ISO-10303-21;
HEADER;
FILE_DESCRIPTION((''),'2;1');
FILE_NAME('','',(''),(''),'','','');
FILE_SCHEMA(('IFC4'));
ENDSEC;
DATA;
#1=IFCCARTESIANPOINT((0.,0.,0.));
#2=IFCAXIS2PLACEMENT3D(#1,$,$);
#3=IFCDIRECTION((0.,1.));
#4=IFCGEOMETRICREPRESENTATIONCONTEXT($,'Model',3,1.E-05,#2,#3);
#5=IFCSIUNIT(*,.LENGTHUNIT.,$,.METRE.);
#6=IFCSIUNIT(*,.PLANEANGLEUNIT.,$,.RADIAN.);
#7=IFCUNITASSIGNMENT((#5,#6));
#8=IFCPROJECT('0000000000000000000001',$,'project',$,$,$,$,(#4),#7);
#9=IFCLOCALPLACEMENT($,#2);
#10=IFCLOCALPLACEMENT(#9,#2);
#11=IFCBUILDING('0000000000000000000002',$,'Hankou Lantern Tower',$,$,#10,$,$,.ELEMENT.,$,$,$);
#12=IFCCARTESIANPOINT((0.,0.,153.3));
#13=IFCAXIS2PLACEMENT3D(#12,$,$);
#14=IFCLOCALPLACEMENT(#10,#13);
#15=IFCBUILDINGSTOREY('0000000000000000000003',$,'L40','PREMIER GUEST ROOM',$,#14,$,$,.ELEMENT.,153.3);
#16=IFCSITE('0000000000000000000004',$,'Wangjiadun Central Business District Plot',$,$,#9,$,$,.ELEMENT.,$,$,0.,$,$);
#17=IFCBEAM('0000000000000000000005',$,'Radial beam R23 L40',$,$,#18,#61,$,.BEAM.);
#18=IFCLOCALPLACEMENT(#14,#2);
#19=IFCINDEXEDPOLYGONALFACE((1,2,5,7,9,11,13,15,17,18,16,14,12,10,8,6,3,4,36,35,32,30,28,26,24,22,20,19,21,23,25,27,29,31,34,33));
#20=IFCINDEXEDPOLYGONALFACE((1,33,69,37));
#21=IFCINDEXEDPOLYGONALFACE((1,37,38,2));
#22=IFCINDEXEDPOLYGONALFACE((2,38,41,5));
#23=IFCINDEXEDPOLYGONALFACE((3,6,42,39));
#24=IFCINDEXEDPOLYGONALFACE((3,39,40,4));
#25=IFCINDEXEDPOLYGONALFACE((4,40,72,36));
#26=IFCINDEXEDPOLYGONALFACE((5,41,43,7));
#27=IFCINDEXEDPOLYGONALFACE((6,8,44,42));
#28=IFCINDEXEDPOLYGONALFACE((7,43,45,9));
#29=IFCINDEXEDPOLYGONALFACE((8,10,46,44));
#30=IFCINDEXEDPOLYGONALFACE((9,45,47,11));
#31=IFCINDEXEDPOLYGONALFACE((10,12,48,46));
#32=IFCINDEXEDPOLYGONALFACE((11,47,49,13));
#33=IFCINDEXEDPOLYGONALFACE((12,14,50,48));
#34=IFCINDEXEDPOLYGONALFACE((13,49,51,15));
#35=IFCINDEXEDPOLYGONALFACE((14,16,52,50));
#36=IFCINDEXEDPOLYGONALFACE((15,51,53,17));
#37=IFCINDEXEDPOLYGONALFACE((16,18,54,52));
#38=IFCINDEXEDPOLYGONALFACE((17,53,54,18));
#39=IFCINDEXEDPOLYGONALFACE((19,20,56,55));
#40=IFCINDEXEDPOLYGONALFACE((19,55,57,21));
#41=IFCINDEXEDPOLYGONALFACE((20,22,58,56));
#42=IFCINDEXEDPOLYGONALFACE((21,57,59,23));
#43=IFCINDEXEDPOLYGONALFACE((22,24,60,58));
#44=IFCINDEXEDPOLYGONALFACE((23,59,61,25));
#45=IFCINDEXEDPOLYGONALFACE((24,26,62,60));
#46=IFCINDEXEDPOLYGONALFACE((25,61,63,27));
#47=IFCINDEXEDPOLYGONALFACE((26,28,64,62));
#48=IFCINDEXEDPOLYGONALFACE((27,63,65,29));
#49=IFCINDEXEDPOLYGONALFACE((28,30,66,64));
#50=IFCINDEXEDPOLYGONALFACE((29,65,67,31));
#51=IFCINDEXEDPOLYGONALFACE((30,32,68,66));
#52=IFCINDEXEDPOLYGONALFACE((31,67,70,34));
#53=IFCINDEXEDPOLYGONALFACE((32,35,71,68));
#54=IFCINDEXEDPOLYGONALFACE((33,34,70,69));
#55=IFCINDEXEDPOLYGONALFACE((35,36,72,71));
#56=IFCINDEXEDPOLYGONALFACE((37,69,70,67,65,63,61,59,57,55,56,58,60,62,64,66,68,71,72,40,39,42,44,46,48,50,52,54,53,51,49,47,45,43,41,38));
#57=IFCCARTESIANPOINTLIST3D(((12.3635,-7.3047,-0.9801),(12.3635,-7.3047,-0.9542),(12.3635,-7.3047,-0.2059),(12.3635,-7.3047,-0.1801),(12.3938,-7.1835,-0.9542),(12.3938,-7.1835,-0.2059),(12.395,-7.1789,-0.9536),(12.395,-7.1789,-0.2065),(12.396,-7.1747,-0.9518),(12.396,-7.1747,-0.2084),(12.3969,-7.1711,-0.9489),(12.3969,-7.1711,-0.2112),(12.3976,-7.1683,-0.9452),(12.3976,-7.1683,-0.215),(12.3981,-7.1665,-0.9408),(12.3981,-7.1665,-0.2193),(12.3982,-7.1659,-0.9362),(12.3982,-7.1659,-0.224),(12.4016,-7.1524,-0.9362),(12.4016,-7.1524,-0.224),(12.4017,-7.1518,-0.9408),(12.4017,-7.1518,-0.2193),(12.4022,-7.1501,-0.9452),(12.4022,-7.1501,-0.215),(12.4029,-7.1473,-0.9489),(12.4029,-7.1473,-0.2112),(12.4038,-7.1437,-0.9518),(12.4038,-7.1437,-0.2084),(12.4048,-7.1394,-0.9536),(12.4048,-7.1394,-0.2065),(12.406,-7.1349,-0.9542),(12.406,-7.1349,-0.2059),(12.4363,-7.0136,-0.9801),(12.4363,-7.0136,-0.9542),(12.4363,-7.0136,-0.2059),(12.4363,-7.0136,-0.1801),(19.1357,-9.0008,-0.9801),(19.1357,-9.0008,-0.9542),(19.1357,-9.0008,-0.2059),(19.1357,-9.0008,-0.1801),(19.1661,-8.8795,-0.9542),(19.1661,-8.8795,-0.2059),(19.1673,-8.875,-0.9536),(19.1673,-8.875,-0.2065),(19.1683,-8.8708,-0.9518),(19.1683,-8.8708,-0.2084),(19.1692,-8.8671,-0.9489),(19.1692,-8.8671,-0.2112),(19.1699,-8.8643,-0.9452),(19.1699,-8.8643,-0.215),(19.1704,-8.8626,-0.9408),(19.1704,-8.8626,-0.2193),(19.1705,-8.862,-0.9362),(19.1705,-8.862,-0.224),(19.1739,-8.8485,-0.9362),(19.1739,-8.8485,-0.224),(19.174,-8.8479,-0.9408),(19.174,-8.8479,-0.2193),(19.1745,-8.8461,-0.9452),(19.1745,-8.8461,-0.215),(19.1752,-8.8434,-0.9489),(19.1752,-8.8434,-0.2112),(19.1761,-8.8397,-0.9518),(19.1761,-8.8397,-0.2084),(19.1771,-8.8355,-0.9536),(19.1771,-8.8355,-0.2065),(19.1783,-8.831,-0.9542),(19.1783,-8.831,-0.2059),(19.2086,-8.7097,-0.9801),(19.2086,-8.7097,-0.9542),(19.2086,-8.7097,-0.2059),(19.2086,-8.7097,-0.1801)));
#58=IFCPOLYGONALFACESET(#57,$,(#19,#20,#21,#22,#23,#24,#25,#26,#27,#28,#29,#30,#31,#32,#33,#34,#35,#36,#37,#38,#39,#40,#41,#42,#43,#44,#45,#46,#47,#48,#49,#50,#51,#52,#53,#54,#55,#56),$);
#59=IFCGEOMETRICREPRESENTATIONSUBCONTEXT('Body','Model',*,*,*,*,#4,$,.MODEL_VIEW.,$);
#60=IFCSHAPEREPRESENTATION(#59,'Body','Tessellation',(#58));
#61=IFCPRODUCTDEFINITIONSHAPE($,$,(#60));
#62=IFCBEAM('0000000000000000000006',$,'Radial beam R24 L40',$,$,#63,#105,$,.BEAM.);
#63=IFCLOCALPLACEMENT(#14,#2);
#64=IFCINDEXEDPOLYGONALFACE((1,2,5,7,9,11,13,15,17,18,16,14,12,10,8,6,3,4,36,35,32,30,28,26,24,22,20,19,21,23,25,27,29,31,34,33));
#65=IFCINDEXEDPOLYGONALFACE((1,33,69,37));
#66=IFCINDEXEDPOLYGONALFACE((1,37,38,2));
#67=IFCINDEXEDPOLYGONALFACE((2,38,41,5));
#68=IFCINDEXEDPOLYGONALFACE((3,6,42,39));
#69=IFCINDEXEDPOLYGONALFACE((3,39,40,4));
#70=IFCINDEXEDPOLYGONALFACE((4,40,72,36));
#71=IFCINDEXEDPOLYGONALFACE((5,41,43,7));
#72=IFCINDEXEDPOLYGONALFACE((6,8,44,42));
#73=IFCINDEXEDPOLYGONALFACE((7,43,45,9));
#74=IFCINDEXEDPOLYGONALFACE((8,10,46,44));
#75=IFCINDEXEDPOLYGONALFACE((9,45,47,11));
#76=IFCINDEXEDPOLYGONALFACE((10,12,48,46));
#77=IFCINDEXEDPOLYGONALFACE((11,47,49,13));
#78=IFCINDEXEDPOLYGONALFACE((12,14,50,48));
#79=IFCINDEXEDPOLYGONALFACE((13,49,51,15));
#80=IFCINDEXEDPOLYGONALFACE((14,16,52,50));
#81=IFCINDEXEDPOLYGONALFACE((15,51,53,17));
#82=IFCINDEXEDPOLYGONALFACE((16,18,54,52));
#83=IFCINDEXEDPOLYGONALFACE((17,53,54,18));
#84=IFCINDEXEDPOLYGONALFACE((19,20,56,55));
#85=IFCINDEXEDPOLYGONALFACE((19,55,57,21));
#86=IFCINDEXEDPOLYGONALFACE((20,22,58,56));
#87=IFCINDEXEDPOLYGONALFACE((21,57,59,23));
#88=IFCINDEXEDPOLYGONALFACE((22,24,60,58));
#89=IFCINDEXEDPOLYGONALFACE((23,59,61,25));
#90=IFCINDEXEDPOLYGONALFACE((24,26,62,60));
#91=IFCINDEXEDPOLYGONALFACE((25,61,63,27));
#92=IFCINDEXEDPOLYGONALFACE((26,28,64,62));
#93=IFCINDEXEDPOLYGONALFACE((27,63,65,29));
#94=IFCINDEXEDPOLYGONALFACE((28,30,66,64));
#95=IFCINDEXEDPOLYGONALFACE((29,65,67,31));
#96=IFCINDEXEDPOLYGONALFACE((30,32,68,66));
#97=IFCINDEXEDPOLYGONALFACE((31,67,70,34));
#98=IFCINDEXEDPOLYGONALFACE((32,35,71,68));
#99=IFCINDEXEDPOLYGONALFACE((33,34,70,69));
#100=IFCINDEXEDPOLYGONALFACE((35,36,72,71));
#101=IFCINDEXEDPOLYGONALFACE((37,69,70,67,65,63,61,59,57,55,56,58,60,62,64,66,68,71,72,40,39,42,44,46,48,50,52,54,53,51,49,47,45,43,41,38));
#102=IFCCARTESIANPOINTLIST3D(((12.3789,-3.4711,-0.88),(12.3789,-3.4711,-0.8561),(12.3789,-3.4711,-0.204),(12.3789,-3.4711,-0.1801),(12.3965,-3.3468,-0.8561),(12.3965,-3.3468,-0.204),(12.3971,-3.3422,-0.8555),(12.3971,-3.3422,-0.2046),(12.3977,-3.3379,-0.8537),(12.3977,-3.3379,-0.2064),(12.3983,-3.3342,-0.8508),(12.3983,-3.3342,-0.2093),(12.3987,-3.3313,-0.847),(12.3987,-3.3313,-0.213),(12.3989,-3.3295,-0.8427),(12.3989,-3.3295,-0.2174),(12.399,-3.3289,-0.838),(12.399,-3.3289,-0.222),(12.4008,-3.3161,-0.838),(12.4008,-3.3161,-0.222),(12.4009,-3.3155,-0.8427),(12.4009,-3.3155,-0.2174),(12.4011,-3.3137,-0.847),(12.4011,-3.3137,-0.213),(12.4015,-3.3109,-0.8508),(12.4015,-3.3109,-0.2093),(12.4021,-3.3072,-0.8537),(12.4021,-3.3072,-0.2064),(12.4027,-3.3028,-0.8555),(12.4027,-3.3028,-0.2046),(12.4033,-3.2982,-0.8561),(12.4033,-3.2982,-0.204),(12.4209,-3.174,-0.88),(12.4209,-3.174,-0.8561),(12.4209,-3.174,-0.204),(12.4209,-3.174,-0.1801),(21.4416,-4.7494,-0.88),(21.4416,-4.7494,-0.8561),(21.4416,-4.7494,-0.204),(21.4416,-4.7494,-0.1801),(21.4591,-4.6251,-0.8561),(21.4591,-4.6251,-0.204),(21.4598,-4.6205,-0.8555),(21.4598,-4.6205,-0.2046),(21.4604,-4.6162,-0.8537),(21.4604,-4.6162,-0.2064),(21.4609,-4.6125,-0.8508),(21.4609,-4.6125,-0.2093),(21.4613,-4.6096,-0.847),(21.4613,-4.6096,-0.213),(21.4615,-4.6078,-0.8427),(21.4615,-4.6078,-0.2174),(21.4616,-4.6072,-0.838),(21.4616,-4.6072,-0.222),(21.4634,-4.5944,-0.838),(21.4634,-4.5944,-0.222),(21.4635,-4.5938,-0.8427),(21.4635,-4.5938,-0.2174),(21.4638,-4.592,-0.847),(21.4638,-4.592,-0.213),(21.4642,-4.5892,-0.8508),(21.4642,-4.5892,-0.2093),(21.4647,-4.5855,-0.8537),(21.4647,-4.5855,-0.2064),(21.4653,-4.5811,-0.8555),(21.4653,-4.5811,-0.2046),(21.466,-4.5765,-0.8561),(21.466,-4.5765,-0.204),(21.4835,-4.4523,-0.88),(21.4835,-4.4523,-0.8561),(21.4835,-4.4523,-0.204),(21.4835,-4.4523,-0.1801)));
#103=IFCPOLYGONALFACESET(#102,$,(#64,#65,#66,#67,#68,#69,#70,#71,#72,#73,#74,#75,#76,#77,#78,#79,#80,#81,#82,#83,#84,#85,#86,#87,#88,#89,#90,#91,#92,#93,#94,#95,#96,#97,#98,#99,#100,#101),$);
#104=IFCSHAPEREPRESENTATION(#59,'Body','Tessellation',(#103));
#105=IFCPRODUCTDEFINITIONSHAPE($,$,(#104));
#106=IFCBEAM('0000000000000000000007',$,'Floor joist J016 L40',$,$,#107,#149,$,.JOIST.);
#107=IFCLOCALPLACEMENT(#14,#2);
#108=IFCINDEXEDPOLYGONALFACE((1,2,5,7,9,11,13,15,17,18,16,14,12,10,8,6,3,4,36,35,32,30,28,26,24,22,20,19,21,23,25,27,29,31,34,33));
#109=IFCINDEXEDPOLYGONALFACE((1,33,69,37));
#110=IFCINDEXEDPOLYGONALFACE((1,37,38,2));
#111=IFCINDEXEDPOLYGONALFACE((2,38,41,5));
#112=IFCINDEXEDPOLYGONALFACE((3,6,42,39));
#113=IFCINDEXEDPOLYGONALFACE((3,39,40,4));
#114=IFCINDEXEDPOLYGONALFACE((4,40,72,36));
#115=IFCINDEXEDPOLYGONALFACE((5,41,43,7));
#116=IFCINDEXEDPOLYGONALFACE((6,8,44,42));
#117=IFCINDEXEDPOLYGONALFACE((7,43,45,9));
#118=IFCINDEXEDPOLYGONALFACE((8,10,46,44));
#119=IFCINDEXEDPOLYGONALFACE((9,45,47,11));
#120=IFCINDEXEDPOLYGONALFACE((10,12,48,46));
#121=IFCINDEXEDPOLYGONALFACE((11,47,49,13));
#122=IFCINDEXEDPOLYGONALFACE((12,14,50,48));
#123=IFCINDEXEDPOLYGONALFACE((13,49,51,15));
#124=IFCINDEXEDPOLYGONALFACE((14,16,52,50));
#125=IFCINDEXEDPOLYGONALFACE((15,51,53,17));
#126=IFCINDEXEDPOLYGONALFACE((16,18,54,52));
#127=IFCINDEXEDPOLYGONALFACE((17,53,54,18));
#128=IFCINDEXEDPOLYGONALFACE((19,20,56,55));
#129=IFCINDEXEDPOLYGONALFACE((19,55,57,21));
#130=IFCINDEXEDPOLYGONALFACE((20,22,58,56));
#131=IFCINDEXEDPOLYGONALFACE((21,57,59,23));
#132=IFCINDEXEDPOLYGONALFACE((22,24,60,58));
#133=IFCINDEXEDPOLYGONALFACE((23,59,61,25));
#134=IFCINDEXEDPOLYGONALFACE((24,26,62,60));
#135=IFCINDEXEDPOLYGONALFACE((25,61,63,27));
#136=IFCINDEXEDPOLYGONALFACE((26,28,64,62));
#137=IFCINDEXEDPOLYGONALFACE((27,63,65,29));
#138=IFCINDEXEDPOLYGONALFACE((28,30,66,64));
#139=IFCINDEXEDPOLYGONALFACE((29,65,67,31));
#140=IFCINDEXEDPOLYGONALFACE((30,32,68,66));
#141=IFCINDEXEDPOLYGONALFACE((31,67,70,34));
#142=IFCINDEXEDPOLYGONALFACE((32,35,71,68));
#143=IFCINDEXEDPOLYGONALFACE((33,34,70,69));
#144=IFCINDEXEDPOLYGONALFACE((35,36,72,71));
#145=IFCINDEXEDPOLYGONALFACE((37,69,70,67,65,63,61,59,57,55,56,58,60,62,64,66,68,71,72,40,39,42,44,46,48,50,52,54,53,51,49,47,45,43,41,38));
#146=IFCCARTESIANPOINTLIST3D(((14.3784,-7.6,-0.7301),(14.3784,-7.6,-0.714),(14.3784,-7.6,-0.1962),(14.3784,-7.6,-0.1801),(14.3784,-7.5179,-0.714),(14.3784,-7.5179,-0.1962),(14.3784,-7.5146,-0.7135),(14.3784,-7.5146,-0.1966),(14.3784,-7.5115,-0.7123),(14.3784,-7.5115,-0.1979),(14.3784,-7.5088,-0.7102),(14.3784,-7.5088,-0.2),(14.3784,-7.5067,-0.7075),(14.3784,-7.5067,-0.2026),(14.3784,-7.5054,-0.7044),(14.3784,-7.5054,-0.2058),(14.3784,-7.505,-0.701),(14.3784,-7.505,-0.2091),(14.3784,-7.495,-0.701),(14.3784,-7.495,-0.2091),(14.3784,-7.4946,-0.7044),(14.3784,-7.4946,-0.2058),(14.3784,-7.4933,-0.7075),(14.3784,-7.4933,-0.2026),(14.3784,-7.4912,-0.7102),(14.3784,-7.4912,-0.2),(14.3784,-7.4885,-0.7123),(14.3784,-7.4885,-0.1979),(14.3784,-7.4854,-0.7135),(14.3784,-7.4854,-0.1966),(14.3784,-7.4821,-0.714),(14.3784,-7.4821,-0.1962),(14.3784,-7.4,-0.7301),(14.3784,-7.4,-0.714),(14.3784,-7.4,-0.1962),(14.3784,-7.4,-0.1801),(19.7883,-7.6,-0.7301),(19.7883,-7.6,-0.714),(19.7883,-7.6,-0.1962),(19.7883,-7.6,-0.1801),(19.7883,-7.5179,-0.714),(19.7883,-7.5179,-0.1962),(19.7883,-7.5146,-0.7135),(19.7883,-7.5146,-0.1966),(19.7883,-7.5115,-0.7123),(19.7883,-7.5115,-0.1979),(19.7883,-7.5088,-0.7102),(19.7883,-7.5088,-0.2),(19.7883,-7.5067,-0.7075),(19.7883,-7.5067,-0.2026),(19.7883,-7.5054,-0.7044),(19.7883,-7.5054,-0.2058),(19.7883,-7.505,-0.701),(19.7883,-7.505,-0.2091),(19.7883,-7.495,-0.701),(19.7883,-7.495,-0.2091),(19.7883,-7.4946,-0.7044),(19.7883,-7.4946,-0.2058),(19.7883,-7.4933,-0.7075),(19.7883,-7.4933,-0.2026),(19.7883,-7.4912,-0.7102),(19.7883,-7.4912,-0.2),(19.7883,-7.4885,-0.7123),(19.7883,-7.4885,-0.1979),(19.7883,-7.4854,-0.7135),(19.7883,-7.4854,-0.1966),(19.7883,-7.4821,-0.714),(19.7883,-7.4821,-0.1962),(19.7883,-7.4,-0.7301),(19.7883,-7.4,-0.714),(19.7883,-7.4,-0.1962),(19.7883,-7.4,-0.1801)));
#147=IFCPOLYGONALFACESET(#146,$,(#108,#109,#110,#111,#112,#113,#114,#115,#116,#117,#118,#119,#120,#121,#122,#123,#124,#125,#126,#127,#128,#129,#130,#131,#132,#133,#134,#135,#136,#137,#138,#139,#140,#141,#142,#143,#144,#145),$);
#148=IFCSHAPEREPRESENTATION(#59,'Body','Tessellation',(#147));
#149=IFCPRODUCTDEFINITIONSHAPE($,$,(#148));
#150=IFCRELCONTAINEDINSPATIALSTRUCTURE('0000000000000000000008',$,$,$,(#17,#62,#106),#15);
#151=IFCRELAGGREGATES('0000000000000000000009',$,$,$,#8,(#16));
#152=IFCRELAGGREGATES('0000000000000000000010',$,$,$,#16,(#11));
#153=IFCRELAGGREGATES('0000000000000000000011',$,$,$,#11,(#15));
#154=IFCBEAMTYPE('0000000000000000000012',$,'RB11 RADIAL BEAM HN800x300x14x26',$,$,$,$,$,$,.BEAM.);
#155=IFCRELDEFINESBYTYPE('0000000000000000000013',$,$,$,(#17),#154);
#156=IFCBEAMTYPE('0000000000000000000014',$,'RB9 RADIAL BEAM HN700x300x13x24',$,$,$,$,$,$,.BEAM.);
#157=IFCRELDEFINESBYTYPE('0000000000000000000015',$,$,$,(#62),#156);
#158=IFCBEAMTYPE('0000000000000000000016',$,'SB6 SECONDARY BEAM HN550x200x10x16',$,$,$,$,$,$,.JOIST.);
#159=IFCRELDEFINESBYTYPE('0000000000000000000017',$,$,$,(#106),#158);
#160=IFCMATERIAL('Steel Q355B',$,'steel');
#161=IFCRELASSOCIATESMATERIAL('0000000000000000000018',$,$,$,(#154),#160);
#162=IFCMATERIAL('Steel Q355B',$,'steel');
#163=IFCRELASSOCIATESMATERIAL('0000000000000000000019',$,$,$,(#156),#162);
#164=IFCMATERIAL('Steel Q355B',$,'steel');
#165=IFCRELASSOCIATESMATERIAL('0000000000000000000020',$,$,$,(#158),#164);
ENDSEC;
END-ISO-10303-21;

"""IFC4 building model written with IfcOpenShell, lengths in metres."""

from ifc_helpers import new_model, si_unit, direction, frame, origin, origin_2d, place, context, subcontext, project, spatial, i_section, extrude, material, material_profile, profile_set, type_object, element, save


model = new_model("IFC4")

# Units and contexts
model_context = context("Model", 3, precision=1e-05, world=origin(), true_north=direction((0.0, 1.0)))
body_context = subcontext(model_context, "Body", "Model", "MODEL_VIEW")
ifc_project = project(units=[si_unit("LENGTHUNIT", "METRE"), si_unit("PLANEANGLEUNIT", "RADIAN")], contexts=[model_context])

# Site, building, storey
site_placement = place(None, origin())
site = spatial("IfcSite", under=ifc_project, at=site_placement, Name="Wangjiadun Central Business District Plot", CompositionType="ELEMENT", RefElevation=0.0)
building_placement = place(site_placement, origin())
building = spatial("IfcBuilding", under=site, at=building_placement, Name="Hankou Lantern Tower", CompositionType="ELEMENT")
storey_placement = place(building_placement, frame((0.0, 0.0, 153.3)))
storey = spatial("IfcBuildingStorey", under=building, at=storey_placement, Name="L40", Description="PREMIER GUEST ROOM", CompositionType="ELEMENT", Elevation=153.3)

# Beams
ifc_material_1 = material(Name="Steel Q355B", Category="steel")
ifc_material_profile_1 = material_profile(ifc_material_1, i_section(OverallWidth=0.3, OverallDepth=0.8, WebThickness=0.0139, FlangeThickness=0.0259, FilletRadius=0.0181, at=origin_2d()), Name="HN800x300x14x26")
ifc_profile_set_1 = profile_set([ifc_material_profile_1], Name="Steel Q355B")
beam_type_1 = type_object("IfcBeamType", Name="RB11 RADIAL BEAM HN800x300x14x26", PredefinedType="BEAM", material=ifc_profile_set_1)
beam_1_placement = place(storey_placement, frame((12.3999, -7.1592, -0.5801), z_axis=(0.970042, -0.242939, 0.0), x_axis=(0.242939, 0.970042, 0.0)))
element("IfcBeam", 1, at=beam_1_placement, inside=storey, type_object=beam_type_1, Name="Radial beam R23 L40", PredefinedType="BEAM", context=body_context, shape_type="SweptSolid", body=[
    extrude(i_section(OverallWidth=0.3, OverallDepth=0.8, WebThickness=0.0139, FlangeThickness=0.0259, FilletRadius=0.0181, at=origin_2d()), origin(), (0.0, 0.0, 1.0), 6.9814),
])
ifc_material_2 = material(Name="Steel Q355B", Category="steel")
ifc_material_profile_2 = material_profile(ifc_material_2, i_section(OverallWidth=0.3, OverallDepth=0.7, WebThickness=0.0129, FlangeThickness=0.0239, FilletRadius=0.0181, at=origin_2d()), Name="HN700x300x13x24")
ifc_profile_set_2 = profile_set([ifc_material_profile_2], Name="Steel Q355B")
beam_type_2 = type_object("IfcBeamType", Name="RB9 RADIAL BEAM HN700x300x13x24", PredefinedType="BEAM", material=ifc_profile_set_2)
beam_2_placement = place(storey_placement, frame((12.3999, -3.3225, -0.53), z_axis=(0.990198, -0.13967, 0.0), x_axis=(0.13967, 0.990198, 0.0)))
element("IfcBeam", 2, at=beam_2_placement, inside=storey, type_object=beam_type_2, Name="Radial beam R24 L40", PredefinedType="BEAM", context=body_context, shape_type="SweptSolid", body=[
    extrude(i_section(OverallWidth=0.3, OverallDepth=0.7, WebThickness=0.0129, FlangeThickness=0.0239, FilletRadius=0.0181, at=origin_2d()), origin(), (0.0, 0.0, 1.0), 9.1523),
])
ifc_material_3 = material(Name="Steel Q355B", Category="steel")
ifc_material_profile_3 = material_profile(ifc_material_3, i_section(OverallWidth=0.2, OverallDepth=0.55, WebThickness=0.01, FlangeThickness=0.0161, FilletRadius=0.0129, at=origin_2d()), Name="HN550x200x10x16")
ifc_profile_set_3 = profile_set([ifc_material_profile_3], Name="Steel Q355B")
beam_type_3 = type_object("IfcBeamType", Name="SB6 SECONDARY BEAM HN550x200x10x16", PredefinedType="JOIST", material=ifc_profile_set_3)
beam_3_placement = place(storey_placement, frame((14.3784, -7.5, -0.4551), z_axis=(1.0, 0.0, 0.0), x_axis=(0.0, 1.0, 0.0)))
element("IfcBeam", 3, at=beam_3_placement, inside=storey, type_object=beam_type_3, Name="Floor joist J016 L40", PredefinedType="JOIST", context=body_context, shape_type="SweptSolid", body=[
    extrude(i_section(OverallWidth=0.2, OverallDepth=0.55, WebThickness=0.01, FlangeThickness=0.0161, FilletRadius=0.0129, at=origin_2d()), origin(), (0.0, 0.0, 1.0), 5.4099),
])

save(model, "model.ifc")
